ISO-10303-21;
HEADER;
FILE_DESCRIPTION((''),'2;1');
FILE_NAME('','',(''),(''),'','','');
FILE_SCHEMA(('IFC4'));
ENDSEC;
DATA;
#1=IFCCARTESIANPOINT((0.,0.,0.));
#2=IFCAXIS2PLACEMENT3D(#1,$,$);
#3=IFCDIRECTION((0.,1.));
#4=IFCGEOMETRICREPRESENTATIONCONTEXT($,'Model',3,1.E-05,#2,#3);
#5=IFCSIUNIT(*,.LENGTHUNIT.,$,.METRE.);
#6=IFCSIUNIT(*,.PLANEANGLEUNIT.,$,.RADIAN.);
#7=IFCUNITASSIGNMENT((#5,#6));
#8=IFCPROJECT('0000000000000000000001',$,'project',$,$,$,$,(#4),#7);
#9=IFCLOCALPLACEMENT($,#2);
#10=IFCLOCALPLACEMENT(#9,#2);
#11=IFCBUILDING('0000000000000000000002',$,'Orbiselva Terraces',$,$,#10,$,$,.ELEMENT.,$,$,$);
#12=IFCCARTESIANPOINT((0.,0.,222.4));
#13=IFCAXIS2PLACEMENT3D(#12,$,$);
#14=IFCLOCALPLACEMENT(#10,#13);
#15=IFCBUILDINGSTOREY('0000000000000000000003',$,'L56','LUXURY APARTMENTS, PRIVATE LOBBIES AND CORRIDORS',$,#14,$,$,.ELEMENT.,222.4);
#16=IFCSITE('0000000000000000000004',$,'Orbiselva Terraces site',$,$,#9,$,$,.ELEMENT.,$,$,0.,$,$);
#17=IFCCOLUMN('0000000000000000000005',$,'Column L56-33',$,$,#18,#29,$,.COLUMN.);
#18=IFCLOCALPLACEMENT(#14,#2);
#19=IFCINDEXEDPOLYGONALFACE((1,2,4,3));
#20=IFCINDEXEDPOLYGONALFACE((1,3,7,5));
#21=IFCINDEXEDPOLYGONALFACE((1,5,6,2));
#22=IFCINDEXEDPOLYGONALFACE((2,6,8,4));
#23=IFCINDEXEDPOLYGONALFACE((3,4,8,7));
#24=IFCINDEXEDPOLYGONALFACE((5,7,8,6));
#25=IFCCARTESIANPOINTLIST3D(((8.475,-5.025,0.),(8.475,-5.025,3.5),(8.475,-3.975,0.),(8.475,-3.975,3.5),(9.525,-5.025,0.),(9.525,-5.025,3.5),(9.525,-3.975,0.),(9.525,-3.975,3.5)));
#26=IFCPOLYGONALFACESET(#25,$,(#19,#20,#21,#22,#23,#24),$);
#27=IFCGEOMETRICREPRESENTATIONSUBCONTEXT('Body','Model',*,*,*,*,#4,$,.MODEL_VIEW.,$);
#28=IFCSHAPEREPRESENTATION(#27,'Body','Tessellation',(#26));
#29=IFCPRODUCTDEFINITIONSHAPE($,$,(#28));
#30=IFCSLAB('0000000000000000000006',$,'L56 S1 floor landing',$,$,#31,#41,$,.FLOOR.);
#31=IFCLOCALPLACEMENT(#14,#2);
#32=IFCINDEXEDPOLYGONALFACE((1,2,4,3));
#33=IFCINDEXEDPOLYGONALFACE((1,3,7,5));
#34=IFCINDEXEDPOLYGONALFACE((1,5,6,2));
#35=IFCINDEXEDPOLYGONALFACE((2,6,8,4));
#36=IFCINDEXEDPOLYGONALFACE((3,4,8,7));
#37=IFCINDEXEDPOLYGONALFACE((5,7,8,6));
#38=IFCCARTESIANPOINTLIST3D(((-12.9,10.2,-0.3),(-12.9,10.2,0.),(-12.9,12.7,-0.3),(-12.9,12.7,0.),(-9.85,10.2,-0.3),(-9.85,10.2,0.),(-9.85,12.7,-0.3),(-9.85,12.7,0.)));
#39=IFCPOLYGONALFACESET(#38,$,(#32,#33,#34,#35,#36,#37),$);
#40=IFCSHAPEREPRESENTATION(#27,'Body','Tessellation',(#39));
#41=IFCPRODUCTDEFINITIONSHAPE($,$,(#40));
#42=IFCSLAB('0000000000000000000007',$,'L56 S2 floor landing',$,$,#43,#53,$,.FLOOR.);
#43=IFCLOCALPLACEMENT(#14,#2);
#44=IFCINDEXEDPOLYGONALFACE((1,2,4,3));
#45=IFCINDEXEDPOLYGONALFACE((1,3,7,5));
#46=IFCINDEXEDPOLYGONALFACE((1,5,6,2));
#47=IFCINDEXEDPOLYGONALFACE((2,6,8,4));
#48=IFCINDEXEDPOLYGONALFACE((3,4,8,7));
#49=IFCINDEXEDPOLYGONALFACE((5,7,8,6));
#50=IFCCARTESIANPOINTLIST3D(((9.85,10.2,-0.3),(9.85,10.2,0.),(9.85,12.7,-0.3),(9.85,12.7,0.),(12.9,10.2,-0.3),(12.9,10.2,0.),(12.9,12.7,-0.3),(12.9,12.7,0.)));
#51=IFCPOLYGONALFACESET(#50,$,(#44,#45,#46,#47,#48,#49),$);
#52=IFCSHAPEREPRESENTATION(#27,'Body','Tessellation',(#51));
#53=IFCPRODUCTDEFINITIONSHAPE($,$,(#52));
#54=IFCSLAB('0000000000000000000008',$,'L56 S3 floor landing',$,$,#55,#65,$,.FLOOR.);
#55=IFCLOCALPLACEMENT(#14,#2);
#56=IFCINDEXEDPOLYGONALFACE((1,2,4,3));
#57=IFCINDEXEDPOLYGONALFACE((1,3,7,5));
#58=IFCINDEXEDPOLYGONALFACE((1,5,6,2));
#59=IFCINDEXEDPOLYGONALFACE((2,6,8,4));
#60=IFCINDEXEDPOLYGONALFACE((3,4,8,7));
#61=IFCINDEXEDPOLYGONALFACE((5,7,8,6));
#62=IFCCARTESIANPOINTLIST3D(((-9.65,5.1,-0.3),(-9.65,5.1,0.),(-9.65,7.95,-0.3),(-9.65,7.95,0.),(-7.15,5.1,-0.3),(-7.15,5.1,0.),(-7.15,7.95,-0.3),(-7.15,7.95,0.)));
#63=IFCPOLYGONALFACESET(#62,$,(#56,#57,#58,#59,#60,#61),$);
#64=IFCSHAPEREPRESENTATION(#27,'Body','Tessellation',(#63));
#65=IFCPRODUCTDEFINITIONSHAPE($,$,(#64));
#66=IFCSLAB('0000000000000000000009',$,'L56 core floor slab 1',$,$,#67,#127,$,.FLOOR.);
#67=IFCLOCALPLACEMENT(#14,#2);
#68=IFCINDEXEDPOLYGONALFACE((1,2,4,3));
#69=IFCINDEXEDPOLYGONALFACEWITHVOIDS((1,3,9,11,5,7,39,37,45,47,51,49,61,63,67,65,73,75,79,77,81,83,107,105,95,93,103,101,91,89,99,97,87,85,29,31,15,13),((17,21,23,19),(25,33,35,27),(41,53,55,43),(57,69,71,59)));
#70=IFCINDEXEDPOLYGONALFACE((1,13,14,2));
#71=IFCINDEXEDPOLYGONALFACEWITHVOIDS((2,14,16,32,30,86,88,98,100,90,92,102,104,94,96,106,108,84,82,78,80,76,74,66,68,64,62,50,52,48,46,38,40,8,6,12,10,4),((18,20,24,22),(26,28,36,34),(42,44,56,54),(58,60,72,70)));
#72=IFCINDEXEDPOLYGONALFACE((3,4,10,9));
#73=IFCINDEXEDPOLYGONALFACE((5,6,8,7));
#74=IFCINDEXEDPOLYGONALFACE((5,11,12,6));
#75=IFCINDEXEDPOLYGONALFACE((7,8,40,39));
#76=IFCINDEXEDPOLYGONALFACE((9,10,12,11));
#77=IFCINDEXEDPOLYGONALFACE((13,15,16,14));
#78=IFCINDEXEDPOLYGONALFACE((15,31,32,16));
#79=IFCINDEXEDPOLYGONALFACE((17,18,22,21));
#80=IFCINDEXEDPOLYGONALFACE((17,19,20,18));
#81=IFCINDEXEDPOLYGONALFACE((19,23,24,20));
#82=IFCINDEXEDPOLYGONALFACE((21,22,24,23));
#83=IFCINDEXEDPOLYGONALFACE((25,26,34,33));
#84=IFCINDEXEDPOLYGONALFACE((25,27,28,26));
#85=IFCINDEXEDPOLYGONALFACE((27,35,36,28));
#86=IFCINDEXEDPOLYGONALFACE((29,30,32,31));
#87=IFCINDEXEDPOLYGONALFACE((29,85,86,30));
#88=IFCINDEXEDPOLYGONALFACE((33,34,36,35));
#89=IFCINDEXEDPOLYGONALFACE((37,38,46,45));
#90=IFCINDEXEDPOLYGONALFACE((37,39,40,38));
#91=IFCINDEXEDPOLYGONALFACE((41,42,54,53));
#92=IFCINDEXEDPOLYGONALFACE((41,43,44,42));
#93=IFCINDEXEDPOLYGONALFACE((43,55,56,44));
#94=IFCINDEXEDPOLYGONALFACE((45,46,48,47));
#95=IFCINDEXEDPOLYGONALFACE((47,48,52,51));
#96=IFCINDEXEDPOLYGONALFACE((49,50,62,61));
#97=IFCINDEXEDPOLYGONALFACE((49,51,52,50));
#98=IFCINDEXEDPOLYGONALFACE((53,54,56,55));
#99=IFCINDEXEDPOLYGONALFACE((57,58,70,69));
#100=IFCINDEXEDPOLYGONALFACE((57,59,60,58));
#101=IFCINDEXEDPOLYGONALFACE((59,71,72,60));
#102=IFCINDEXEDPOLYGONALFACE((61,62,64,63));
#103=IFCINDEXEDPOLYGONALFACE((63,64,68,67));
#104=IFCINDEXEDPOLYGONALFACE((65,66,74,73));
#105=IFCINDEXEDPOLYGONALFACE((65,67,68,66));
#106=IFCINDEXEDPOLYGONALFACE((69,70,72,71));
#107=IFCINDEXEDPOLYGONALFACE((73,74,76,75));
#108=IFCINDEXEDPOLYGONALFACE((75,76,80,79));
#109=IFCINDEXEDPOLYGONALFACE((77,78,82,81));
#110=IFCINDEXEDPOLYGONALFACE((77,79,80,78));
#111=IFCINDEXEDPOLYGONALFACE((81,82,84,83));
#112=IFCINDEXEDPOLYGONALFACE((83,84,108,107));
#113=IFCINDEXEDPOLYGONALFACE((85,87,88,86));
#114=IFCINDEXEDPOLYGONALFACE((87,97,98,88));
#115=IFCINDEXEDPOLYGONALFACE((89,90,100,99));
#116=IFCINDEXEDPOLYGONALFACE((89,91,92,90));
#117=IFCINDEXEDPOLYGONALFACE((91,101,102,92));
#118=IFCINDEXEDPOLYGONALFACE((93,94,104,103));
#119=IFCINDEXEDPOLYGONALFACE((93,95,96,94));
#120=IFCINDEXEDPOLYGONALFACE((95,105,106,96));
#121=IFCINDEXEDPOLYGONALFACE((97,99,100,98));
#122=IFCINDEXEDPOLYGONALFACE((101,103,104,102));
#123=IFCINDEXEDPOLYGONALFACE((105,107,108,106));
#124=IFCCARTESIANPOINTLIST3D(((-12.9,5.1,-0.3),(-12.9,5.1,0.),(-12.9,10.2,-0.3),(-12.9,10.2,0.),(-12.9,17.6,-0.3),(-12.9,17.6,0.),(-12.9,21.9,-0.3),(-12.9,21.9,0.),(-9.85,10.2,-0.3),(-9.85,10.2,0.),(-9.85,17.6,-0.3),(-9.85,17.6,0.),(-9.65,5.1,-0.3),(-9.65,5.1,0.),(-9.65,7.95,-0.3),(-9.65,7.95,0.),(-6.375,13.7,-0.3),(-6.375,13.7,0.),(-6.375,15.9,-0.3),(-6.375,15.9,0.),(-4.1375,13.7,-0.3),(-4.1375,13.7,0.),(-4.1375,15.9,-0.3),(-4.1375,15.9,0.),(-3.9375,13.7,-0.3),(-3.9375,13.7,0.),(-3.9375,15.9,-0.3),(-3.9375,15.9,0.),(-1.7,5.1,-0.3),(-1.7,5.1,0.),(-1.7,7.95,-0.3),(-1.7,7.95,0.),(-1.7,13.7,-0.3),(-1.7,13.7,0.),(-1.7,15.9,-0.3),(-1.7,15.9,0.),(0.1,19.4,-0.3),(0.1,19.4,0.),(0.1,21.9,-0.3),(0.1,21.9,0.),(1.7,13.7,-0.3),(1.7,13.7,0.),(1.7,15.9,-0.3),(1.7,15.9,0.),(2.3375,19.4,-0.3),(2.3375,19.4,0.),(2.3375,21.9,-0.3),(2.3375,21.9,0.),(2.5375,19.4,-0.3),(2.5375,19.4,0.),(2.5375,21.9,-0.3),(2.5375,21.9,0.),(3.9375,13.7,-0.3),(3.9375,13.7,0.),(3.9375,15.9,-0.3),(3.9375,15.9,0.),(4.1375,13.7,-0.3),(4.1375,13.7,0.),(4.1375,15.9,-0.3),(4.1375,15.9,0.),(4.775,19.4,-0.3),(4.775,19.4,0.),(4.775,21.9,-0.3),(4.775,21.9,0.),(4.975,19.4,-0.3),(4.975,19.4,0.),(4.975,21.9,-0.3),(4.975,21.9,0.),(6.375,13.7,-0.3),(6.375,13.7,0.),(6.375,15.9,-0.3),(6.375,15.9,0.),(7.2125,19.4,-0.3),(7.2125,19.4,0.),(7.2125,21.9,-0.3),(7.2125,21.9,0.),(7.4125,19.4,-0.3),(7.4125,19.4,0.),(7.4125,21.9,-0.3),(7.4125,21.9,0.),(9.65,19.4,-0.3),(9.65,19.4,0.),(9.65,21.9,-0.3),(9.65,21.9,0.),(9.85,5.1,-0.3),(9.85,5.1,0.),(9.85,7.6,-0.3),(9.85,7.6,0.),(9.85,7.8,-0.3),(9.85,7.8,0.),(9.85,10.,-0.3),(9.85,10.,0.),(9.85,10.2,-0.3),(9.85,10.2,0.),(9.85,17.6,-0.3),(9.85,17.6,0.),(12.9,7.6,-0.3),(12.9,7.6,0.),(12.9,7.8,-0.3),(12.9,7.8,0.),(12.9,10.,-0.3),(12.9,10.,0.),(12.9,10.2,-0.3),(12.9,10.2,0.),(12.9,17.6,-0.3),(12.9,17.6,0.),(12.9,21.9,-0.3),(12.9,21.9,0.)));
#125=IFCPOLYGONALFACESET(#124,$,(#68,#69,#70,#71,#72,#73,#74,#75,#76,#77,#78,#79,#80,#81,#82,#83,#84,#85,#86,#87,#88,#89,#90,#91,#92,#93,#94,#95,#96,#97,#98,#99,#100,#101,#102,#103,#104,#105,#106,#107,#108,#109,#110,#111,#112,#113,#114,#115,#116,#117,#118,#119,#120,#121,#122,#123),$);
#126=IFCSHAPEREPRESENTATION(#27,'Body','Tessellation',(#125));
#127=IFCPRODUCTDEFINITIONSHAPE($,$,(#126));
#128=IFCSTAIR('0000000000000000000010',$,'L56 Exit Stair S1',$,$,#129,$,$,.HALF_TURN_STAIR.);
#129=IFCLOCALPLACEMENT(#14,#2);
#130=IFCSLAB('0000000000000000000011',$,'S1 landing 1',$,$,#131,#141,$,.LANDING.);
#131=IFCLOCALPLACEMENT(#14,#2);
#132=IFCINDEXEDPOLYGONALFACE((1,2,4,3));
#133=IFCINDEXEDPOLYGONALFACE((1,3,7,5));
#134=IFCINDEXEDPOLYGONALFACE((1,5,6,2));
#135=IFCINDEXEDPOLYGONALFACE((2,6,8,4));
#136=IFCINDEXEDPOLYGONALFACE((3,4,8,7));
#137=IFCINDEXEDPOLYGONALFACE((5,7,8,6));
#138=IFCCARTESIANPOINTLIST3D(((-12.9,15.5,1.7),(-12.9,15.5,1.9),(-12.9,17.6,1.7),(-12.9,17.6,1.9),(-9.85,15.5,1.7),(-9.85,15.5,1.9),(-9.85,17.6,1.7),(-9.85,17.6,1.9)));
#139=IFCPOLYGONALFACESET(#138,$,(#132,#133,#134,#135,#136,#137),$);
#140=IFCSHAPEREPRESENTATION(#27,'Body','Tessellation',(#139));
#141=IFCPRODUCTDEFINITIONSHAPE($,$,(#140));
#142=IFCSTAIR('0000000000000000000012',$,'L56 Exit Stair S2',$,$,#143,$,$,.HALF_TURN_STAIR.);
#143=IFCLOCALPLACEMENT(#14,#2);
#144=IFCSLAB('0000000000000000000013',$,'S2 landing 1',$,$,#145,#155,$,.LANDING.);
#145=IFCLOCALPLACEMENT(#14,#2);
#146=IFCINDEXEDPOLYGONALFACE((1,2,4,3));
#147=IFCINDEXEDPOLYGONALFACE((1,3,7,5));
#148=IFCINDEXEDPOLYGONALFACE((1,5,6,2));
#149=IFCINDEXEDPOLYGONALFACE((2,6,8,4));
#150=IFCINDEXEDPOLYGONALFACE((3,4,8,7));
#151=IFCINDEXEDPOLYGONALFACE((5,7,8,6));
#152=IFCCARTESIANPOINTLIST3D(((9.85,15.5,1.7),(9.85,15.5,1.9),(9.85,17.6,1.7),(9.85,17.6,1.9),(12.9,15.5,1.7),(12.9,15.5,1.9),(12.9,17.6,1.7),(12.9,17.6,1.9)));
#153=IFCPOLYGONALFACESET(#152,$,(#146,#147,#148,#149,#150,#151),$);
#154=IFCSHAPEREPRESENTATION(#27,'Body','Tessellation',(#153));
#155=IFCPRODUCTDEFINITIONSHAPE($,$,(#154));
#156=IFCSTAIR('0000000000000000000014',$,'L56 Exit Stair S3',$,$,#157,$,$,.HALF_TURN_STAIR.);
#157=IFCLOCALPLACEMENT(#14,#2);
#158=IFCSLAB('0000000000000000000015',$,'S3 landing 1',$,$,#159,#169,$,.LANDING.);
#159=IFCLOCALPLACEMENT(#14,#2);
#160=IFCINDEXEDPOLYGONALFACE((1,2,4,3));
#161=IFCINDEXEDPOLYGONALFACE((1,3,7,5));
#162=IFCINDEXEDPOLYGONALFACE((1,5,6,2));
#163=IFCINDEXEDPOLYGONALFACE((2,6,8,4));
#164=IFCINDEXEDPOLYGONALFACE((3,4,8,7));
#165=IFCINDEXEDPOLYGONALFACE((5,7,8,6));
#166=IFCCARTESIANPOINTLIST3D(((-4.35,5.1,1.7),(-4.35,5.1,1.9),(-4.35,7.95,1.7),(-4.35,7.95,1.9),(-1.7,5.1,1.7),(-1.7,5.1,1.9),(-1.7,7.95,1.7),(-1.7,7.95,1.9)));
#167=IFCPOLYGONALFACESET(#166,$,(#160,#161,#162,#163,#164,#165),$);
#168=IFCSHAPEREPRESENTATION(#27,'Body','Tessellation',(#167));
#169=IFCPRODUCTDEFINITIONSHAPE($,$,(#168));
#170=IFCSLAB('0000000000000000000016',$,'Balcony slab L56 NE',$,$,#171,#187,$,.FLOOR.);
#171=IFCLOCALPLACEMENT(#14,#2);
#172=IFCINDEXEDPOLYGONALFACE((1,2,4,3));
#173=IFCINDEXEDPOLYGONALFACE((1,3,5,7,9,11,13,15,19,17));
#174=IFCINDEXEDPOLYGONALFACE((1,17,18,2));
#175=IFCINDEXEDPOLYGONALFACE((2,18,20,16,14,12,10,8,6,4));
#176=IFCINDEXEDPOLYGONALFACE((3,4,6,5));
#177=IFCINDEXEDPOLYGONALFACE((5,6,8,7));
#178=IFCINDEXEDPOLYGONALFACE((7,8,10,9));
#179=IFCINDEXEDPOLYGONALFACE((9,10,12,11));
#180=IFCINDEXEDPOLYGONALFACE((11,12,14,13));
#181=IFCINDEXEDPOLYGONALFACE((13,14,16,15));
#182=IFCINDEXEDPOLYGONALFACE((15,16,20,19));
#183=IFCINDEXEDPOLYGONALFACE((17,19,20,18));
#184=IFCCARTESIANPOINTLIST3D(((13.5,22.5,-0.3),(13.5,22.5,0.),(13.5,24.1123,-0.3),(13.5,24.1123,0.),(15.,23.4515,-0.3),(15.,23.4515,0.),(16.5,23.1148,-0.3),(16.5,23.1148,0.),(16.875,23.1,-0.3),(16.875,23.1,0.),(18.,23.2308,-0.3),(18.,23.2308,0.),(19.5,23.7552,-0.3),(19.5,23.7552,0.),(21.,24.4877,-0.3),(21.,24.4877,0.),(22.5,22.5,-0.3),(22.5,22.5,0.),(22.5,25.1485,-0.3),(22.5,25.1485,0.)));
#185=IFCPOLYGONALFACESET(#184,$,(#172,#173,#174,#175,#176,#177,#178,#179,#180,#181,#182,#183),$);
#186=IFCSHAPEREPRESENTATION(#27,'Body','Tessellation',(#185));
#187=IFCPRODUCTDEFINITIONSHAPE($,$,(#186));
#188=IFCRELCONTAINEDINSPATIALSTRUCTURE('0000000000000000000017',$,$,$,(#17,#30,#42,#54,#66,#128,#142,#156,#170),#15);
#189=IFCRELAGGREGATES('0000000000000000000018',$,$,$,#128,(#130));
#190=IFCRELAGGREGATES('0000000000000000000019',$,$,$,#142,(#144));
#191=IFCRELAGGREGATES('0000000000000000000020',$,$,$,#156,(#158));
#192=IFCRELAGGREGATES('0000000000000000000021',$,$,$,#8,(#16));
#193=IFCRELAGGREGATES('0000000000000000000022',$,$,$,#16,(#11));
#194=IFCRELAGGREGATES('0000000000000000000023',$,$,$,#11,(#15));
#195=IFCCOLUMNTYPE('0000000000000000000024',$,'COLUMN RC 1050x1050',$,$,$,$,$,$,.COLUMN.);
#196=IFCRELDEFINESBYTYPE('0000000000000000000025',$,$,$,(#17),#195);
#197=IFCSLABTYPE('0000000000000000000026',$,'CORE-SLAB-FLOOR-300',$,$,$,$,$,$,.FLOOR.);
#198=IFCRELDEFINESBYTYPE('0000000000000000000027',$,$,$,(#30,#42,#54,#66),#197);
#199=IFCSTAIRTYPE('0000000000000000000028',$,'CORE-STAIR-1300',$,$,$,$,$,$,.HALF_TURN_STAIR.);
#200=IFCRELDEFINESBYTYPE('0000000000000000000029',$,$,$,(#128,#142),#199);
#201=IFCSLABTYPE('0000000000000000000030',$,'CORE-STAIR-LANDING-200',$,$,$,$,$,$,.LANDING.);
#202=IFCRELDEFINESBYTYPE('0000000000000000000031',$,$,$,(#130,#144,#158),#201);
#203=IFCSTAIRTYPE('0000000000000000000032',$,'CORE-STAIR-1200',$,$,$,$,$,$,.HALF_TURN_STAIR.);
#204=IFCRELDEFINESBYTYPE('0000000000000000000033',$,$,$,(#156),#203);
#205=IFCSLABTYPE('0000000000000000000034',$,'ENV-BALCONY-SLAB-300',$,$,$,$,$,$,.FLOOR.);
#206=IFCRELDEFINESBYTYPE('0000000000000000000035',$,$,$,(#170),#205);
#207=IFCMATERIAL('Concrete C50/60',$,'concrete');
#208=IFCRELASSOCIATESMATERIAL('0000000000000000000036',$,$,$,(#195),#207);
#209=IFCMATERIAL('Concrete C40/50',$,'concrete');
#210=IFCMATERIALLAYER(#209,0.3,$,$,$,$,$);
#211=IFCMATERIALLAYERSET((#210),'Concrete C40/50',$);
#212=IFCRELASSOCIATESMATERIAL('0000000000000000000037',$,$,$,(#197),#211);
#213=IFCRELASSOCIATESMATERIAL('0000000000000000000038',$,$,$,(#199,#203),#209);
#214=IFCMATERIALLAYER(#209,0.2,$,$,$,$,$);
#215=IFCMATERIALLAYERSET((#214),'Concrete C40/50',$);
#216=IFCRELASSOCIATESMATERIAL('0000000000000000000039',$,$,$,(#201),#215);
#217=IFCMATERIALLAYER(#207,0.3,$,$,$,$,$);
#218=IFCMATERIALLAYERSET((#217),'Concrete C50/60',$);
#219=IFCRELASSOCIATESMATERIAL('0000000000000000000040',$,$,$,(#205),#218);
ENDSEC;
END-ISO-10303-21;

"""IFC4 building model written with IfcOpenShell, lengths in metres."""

from ifc_helpers import new_model, si_unit, direction, frame, origin, origin_2d, place, context, subcontext, project, spatial, polyline, rectangle, outline, extrude, material, layer, layer_set, material_profile, profile_set, type_object, element, aggregate, save


model = new_model("IFC4")

# Units and contexts
model_context = context("Model", 3, precision=1e-05, world=origin(), true_north=direction((0.0, 1.0)))
body_context = subcontext(model_context, "Body", "Model", "MODEL_VIEW")
ifc_project = project(units=[si_unit("LENGTHUNIT", "METRE"), si_unit("PLANEANGLEUNIT", "RADIAN")], contexts=[model_context])

# Site, building, storey
site_placement = place(None, origin())
site = spatial("IfcSite", under=ifc_project, at=site_placement, Name="Orbiselva Terraces site", CompositionType="ELEMENT", RefElevation=0.0)
building_placement = place(site_placement, origin())
building = spatial("IfcBuilding", under=site, at=building_placement, Name="Orbiselva Terraces", CompositionType="ELEMENT")
storey_placement = place(building_placement, frame((0.0, 0.0, 222.4)))
storey = spatial("IfcBuildingStorey", under=building, at=storey_placement, Name="L56", Description="LUXURY APARTMENTS, PRIVATE LOBBIES AND CORRIDORS", CompositionType="ELEMENT", Elevation=222.4)

# Column
ifc_material_1 = material(Name="Concrete C50/60", Category="concrete")
ifc_material_profile = material_profile(ifc_material_1, rectangle(XDim=1.05, YDim=1.05, at=origin_2d()), Name="RC 1050x1050")
ifc_profile_set = profile_set([ifc_material_profile], Name="Concrete C50/60")
column_type = type_object("IfcColumnType", Name="COLUMN RC 1050x1050", PredefinedType="COLUMN", material=ifc_profile_set)
column_placement = place(storey_placement, frame((9.0, -4.5, 0.0), z_axis=(0.0, 0.0, 1.0), x_axis=(1.0, 0.0, 0.0)))
element("IfcColumn", 1, at=column_placement, inside=storey, type_object=column_type, Name="Column L56-33", PredefinedType="COLUMN", context=body_context, shape_type="SweptSolid", body=[
    extrude(rectangle(XDim=1.05, YDim=1.05, at=origin_2d()), origin(), (0.0, 0.0, 1.0), 3.5),
])

# Slabs
ifc_material_2 = material(Name="Concrete C40/50", Category="concrete")
ifc_layer_1 = layer(ifc_material_2, 0.3)
ifc_layer_set_1 = layer_set([ifc_layer_1], Name="Concrete C40/50")
slab_type_1 = type_object("IfcSlabType", Name="CORE-SLAB-FLOOR-300", PredefinedType="FLOOR", material=ifc_layer_set_1)
slab_1_placement = place(storey_placement, frame((0.0, 0.0, -0.3)))
element("IfcSlab", 2, at=slab_1_placement, inside=storey, type_object=slab_type_1, Name="L56 S1 floor landing", PredefinedType="FLOOR", context=body_context, shape_type="SweptSolid", body=[
    extrude(outline(polyline([(-12.9, 12.7), (-9.85, 12.7), (-9.85, 10.2), (-12.9, 10.2), (-12.9, 12.7)])), origin(), (0.0, 0.0, 1.0), 0.3),
])
slab_2_placement = place(storey_placement, frame((0.0, 0.0, -0.3)))
element("IfcSlab", 3, at=slab_2_placement, inside=storey, type_object=slab_type_1, Name="L56 S2 floor landing", PredefinedType="FLOOR", context=body_context, shape_type="SweptSolid", body=[
    extrude(outline(polyline([(12.9, 12.7), (12.9, 10.2), (9.85, 10.2), (9.85, 12.7), (12.9, 12.7)])), origin(), (0.0, 0.0, 1.0), 0.3),
])
slab_3_placement = place(storey_placement, frame((0.0, 0.0, -0.3)))
element("IfcSlab", 4, at=slab_3_placement, inside=storey, type_object=slab_type_1, Name="L56 S3 floor landing", PredefinedType="FLOOR", context=body_context, shape_type="SweptSolid", body=[
    extrude(outline(polyline([(-7.15, 5.1), (-9.65, 5.1), (-9.65, 7.95), (-7.15, 7.95), (-7.15, 5.1)])), origin(), (0.0, 0.0, 1.0), 0.3),
])
slab_4_placement = place(storey_placement, frame((0.0, 0.0, -0.3)))
element("IfcSlab", 5, at=slab_4_placement, inside=storey, type_object=slab_type_1, Name="L56 core floor slab 1", PredefinedType="FLOOR", context=body_context, shape_type="SweptSolid", body=[
    extrude(outline(polyline([(-1.7, 5.1), (-1.7, 7.95), (-9.65, 7.95), (-9.65, 5.1), (-12.9, 5.1), (-12.9, 10.2), (-9.85, 10.2), (-9.85, 17.6), (-12.9, 17.6), (-12.9, 21.9), (0.1, 21.9), (0.1, 19.4), (2.3375, 19.4), (2.3375, 21.9), (2.5375, 21.9), (2.5375, 19.4), (4.775, 19.4), (4.775, 21.9), (4.975, 21.9), (4.975, 19.4), (7.2125, 19.4), (7.2125, 21.9), (7.4125, 21.9), (7.4125, 19.4), (9.65, 19.4), (9.65, 21.9), (12.9, 21.9), (12.9, 17.6), (9.85, 17.6), (9.85, 10.2), (12.9, 10.2), (12.9, 10.0), (9.85, 10.0), (9.85, 7.8), (12.9, 7.8), (12.9, 7.6), (9.85, 7.6), (9.85, 5.1), (-1.7, 5.1)]), holes=[polyline([(-4.1375, 13.7), (-4.1375, 15.9), (-6.375, 15.9), (-6.375, 13.7), (-4.1375, 13.7)]), polyline([(-1.7, 13.7), (-1.7, 15.9), (-3.9375, 15.9), (-3.9375, 13.7), (-1.7, 13.7)]), polyline([(3.9375, 15.9), (1.7, 15.9), (1.7, 13.7), (3.9375, 13.7), (3.9375, 15.9)]), polyline([(6.375, 13.7), (6.375, 15.9), (4.1375, 15.9), (4.1375, 13.7), (6.375, 13.7)])]), origin(), (0.0, 0.0, 1.0), 0.3),
])

# Stairs, slabs
stair_type_1 = type_object("IfcStairType", Name="CORE-STAIR-1300", PredefinedType="HALF_TURN_STAIR", material=ifc_material_2)
stair_1_placement = place(storey_placement, origin())
stair_1 = element("IfcStair", 6, at=stair_1_placement, inside=storey, type_object=stair_type_1, Name="L56 Exit Stair S1", PredefinedType="HALF_TURN_STAIR")
ifc_layer_2 = layer(ifc_material_2, 0.2)
ifc_layer_set_2 = layer_set([ifc_layer_2], Name="Concrete C40/50")
slab_type_2 = type_object("IfcSlabType", Name="CORE-STAIR-LANDING-200", PredefinedType="LANDING", material=ifc_layer_set_2)
slab_5_placement = place(storey_placement, frame((0.0, 0.0, 1.7)))
slab_5 = element("IfcSlab", 7, at=slab_5_placement, type_object=slab_type_2, Name="S1 landing 1", PredefinedType="LANDING", context=body_context, shape_type="SweptSolid", body=[
    extrude(outline(polyline([(-9.85, 15.5), (-9.85, 17.6), (-12.9, 17.6), (-12.9, 15.5), (-9.85, 15.5)])), origin(), (0.0, 0.0, 1.0), 0.2),
])
aggregate(stair_1, [slab_5])
stair_2_placement = place(storey_placement, origin())
stair_2 = element("IfcStair", 8, at=stair_2_placement, inside=storey, type_object=stair_type_1, Name="L56 Exit Stair S2", PredefinedType="HALF_TURN_STAIR")
slab_6_placement = place(storey_placement, frame((0.0, 0.0, 1.7)))
slab_6 = element("IfcSlab", 9, at=slab_6_placement, type_object=slab_type_2, Name="S2 landing 1", PredefinedType="LANDING", context=body_context, shape_type="SweptSolid", body=[
    extrude(outline(polyline([(12.9, 15.5), (12.9, 17.6), (9.85, 17.6), (9.85, 15.5), (12.9, 15.5)])), origin(), (0.0, 0.0, 1.0), 0.2),
])
aggregate(stair_2, [slab_6])
stair_type_2 = type_object("IfcStairType", Name="CORE-STAIR-1200", PredefinedType="HALF_TURN_STAIR", material=ifc_material_2)
stair_3_placement = place(storey_placement, origin())
stair_3 = element("IfcStair", 10, at=stair_3_placement, inside=storey, type_object=stair_type_2, Name="L56 Exit Stair S3", PredefinedType="HALF_TURN_STAIR")
slab_7_placement = place(storey_placement, frame((0.0, 0.0, 1.7)))
slab_7 = element("IfcSlab", 11, at=slab_7_placement, type_object=slab_type_2, Name="S3 landing 1", PredefinedType="LANDING", context=body_context, shape_type="SweptSolid", body=[
    extrude(outline(polyline([(-4.35, 5.1), (-1.7, 5.1), (-1.7, 7.95), (-4.35, 7.95), (-4.35, 5.1)])), origin(), (0.0, 0.0, 1.0), 0.2),
])
aggregate(stair_3, [slab_7])

# Slab
ifc_layer_3 = layer(ifc_material_1, 0.3)
ifc_layer_set_3 = layer_set([ifc_layer_3], Name="Concrete C50/60")
slab_type_3 = type_object("IfcSlabType", Name="ENV-BALCONY-SLAB-300", PredefinedType="FLOOR", material=ifc_layer_set_3)
slab_8_placement = place(storey_placement, frame((0.0, 0.0, -0.3)))
element("IfcSlab", 12, at=slab_8_placement, inside=storey, type_object=slab_type_3, Name="Balcony slab L56 NE", PredefinedType="FLOOR", context=body_context, shape_type="SweptSolid", body=[
    extrude(outline(polyline([(22.5, 25.1485), (21.0, 24.4877), (19.5, 23.7552), (18.0, 23.2308), (16.875, 23.1), (16.5, 23.1148), (15.0, 23.4515), (13.5, 24.1123), (13.5, 22.5), (22.5, 22.5), (22.5, 25.1485)])), origin(), (0.0, 0.0, 1.0), 0.3),
])

save(model, "model.ifc")
